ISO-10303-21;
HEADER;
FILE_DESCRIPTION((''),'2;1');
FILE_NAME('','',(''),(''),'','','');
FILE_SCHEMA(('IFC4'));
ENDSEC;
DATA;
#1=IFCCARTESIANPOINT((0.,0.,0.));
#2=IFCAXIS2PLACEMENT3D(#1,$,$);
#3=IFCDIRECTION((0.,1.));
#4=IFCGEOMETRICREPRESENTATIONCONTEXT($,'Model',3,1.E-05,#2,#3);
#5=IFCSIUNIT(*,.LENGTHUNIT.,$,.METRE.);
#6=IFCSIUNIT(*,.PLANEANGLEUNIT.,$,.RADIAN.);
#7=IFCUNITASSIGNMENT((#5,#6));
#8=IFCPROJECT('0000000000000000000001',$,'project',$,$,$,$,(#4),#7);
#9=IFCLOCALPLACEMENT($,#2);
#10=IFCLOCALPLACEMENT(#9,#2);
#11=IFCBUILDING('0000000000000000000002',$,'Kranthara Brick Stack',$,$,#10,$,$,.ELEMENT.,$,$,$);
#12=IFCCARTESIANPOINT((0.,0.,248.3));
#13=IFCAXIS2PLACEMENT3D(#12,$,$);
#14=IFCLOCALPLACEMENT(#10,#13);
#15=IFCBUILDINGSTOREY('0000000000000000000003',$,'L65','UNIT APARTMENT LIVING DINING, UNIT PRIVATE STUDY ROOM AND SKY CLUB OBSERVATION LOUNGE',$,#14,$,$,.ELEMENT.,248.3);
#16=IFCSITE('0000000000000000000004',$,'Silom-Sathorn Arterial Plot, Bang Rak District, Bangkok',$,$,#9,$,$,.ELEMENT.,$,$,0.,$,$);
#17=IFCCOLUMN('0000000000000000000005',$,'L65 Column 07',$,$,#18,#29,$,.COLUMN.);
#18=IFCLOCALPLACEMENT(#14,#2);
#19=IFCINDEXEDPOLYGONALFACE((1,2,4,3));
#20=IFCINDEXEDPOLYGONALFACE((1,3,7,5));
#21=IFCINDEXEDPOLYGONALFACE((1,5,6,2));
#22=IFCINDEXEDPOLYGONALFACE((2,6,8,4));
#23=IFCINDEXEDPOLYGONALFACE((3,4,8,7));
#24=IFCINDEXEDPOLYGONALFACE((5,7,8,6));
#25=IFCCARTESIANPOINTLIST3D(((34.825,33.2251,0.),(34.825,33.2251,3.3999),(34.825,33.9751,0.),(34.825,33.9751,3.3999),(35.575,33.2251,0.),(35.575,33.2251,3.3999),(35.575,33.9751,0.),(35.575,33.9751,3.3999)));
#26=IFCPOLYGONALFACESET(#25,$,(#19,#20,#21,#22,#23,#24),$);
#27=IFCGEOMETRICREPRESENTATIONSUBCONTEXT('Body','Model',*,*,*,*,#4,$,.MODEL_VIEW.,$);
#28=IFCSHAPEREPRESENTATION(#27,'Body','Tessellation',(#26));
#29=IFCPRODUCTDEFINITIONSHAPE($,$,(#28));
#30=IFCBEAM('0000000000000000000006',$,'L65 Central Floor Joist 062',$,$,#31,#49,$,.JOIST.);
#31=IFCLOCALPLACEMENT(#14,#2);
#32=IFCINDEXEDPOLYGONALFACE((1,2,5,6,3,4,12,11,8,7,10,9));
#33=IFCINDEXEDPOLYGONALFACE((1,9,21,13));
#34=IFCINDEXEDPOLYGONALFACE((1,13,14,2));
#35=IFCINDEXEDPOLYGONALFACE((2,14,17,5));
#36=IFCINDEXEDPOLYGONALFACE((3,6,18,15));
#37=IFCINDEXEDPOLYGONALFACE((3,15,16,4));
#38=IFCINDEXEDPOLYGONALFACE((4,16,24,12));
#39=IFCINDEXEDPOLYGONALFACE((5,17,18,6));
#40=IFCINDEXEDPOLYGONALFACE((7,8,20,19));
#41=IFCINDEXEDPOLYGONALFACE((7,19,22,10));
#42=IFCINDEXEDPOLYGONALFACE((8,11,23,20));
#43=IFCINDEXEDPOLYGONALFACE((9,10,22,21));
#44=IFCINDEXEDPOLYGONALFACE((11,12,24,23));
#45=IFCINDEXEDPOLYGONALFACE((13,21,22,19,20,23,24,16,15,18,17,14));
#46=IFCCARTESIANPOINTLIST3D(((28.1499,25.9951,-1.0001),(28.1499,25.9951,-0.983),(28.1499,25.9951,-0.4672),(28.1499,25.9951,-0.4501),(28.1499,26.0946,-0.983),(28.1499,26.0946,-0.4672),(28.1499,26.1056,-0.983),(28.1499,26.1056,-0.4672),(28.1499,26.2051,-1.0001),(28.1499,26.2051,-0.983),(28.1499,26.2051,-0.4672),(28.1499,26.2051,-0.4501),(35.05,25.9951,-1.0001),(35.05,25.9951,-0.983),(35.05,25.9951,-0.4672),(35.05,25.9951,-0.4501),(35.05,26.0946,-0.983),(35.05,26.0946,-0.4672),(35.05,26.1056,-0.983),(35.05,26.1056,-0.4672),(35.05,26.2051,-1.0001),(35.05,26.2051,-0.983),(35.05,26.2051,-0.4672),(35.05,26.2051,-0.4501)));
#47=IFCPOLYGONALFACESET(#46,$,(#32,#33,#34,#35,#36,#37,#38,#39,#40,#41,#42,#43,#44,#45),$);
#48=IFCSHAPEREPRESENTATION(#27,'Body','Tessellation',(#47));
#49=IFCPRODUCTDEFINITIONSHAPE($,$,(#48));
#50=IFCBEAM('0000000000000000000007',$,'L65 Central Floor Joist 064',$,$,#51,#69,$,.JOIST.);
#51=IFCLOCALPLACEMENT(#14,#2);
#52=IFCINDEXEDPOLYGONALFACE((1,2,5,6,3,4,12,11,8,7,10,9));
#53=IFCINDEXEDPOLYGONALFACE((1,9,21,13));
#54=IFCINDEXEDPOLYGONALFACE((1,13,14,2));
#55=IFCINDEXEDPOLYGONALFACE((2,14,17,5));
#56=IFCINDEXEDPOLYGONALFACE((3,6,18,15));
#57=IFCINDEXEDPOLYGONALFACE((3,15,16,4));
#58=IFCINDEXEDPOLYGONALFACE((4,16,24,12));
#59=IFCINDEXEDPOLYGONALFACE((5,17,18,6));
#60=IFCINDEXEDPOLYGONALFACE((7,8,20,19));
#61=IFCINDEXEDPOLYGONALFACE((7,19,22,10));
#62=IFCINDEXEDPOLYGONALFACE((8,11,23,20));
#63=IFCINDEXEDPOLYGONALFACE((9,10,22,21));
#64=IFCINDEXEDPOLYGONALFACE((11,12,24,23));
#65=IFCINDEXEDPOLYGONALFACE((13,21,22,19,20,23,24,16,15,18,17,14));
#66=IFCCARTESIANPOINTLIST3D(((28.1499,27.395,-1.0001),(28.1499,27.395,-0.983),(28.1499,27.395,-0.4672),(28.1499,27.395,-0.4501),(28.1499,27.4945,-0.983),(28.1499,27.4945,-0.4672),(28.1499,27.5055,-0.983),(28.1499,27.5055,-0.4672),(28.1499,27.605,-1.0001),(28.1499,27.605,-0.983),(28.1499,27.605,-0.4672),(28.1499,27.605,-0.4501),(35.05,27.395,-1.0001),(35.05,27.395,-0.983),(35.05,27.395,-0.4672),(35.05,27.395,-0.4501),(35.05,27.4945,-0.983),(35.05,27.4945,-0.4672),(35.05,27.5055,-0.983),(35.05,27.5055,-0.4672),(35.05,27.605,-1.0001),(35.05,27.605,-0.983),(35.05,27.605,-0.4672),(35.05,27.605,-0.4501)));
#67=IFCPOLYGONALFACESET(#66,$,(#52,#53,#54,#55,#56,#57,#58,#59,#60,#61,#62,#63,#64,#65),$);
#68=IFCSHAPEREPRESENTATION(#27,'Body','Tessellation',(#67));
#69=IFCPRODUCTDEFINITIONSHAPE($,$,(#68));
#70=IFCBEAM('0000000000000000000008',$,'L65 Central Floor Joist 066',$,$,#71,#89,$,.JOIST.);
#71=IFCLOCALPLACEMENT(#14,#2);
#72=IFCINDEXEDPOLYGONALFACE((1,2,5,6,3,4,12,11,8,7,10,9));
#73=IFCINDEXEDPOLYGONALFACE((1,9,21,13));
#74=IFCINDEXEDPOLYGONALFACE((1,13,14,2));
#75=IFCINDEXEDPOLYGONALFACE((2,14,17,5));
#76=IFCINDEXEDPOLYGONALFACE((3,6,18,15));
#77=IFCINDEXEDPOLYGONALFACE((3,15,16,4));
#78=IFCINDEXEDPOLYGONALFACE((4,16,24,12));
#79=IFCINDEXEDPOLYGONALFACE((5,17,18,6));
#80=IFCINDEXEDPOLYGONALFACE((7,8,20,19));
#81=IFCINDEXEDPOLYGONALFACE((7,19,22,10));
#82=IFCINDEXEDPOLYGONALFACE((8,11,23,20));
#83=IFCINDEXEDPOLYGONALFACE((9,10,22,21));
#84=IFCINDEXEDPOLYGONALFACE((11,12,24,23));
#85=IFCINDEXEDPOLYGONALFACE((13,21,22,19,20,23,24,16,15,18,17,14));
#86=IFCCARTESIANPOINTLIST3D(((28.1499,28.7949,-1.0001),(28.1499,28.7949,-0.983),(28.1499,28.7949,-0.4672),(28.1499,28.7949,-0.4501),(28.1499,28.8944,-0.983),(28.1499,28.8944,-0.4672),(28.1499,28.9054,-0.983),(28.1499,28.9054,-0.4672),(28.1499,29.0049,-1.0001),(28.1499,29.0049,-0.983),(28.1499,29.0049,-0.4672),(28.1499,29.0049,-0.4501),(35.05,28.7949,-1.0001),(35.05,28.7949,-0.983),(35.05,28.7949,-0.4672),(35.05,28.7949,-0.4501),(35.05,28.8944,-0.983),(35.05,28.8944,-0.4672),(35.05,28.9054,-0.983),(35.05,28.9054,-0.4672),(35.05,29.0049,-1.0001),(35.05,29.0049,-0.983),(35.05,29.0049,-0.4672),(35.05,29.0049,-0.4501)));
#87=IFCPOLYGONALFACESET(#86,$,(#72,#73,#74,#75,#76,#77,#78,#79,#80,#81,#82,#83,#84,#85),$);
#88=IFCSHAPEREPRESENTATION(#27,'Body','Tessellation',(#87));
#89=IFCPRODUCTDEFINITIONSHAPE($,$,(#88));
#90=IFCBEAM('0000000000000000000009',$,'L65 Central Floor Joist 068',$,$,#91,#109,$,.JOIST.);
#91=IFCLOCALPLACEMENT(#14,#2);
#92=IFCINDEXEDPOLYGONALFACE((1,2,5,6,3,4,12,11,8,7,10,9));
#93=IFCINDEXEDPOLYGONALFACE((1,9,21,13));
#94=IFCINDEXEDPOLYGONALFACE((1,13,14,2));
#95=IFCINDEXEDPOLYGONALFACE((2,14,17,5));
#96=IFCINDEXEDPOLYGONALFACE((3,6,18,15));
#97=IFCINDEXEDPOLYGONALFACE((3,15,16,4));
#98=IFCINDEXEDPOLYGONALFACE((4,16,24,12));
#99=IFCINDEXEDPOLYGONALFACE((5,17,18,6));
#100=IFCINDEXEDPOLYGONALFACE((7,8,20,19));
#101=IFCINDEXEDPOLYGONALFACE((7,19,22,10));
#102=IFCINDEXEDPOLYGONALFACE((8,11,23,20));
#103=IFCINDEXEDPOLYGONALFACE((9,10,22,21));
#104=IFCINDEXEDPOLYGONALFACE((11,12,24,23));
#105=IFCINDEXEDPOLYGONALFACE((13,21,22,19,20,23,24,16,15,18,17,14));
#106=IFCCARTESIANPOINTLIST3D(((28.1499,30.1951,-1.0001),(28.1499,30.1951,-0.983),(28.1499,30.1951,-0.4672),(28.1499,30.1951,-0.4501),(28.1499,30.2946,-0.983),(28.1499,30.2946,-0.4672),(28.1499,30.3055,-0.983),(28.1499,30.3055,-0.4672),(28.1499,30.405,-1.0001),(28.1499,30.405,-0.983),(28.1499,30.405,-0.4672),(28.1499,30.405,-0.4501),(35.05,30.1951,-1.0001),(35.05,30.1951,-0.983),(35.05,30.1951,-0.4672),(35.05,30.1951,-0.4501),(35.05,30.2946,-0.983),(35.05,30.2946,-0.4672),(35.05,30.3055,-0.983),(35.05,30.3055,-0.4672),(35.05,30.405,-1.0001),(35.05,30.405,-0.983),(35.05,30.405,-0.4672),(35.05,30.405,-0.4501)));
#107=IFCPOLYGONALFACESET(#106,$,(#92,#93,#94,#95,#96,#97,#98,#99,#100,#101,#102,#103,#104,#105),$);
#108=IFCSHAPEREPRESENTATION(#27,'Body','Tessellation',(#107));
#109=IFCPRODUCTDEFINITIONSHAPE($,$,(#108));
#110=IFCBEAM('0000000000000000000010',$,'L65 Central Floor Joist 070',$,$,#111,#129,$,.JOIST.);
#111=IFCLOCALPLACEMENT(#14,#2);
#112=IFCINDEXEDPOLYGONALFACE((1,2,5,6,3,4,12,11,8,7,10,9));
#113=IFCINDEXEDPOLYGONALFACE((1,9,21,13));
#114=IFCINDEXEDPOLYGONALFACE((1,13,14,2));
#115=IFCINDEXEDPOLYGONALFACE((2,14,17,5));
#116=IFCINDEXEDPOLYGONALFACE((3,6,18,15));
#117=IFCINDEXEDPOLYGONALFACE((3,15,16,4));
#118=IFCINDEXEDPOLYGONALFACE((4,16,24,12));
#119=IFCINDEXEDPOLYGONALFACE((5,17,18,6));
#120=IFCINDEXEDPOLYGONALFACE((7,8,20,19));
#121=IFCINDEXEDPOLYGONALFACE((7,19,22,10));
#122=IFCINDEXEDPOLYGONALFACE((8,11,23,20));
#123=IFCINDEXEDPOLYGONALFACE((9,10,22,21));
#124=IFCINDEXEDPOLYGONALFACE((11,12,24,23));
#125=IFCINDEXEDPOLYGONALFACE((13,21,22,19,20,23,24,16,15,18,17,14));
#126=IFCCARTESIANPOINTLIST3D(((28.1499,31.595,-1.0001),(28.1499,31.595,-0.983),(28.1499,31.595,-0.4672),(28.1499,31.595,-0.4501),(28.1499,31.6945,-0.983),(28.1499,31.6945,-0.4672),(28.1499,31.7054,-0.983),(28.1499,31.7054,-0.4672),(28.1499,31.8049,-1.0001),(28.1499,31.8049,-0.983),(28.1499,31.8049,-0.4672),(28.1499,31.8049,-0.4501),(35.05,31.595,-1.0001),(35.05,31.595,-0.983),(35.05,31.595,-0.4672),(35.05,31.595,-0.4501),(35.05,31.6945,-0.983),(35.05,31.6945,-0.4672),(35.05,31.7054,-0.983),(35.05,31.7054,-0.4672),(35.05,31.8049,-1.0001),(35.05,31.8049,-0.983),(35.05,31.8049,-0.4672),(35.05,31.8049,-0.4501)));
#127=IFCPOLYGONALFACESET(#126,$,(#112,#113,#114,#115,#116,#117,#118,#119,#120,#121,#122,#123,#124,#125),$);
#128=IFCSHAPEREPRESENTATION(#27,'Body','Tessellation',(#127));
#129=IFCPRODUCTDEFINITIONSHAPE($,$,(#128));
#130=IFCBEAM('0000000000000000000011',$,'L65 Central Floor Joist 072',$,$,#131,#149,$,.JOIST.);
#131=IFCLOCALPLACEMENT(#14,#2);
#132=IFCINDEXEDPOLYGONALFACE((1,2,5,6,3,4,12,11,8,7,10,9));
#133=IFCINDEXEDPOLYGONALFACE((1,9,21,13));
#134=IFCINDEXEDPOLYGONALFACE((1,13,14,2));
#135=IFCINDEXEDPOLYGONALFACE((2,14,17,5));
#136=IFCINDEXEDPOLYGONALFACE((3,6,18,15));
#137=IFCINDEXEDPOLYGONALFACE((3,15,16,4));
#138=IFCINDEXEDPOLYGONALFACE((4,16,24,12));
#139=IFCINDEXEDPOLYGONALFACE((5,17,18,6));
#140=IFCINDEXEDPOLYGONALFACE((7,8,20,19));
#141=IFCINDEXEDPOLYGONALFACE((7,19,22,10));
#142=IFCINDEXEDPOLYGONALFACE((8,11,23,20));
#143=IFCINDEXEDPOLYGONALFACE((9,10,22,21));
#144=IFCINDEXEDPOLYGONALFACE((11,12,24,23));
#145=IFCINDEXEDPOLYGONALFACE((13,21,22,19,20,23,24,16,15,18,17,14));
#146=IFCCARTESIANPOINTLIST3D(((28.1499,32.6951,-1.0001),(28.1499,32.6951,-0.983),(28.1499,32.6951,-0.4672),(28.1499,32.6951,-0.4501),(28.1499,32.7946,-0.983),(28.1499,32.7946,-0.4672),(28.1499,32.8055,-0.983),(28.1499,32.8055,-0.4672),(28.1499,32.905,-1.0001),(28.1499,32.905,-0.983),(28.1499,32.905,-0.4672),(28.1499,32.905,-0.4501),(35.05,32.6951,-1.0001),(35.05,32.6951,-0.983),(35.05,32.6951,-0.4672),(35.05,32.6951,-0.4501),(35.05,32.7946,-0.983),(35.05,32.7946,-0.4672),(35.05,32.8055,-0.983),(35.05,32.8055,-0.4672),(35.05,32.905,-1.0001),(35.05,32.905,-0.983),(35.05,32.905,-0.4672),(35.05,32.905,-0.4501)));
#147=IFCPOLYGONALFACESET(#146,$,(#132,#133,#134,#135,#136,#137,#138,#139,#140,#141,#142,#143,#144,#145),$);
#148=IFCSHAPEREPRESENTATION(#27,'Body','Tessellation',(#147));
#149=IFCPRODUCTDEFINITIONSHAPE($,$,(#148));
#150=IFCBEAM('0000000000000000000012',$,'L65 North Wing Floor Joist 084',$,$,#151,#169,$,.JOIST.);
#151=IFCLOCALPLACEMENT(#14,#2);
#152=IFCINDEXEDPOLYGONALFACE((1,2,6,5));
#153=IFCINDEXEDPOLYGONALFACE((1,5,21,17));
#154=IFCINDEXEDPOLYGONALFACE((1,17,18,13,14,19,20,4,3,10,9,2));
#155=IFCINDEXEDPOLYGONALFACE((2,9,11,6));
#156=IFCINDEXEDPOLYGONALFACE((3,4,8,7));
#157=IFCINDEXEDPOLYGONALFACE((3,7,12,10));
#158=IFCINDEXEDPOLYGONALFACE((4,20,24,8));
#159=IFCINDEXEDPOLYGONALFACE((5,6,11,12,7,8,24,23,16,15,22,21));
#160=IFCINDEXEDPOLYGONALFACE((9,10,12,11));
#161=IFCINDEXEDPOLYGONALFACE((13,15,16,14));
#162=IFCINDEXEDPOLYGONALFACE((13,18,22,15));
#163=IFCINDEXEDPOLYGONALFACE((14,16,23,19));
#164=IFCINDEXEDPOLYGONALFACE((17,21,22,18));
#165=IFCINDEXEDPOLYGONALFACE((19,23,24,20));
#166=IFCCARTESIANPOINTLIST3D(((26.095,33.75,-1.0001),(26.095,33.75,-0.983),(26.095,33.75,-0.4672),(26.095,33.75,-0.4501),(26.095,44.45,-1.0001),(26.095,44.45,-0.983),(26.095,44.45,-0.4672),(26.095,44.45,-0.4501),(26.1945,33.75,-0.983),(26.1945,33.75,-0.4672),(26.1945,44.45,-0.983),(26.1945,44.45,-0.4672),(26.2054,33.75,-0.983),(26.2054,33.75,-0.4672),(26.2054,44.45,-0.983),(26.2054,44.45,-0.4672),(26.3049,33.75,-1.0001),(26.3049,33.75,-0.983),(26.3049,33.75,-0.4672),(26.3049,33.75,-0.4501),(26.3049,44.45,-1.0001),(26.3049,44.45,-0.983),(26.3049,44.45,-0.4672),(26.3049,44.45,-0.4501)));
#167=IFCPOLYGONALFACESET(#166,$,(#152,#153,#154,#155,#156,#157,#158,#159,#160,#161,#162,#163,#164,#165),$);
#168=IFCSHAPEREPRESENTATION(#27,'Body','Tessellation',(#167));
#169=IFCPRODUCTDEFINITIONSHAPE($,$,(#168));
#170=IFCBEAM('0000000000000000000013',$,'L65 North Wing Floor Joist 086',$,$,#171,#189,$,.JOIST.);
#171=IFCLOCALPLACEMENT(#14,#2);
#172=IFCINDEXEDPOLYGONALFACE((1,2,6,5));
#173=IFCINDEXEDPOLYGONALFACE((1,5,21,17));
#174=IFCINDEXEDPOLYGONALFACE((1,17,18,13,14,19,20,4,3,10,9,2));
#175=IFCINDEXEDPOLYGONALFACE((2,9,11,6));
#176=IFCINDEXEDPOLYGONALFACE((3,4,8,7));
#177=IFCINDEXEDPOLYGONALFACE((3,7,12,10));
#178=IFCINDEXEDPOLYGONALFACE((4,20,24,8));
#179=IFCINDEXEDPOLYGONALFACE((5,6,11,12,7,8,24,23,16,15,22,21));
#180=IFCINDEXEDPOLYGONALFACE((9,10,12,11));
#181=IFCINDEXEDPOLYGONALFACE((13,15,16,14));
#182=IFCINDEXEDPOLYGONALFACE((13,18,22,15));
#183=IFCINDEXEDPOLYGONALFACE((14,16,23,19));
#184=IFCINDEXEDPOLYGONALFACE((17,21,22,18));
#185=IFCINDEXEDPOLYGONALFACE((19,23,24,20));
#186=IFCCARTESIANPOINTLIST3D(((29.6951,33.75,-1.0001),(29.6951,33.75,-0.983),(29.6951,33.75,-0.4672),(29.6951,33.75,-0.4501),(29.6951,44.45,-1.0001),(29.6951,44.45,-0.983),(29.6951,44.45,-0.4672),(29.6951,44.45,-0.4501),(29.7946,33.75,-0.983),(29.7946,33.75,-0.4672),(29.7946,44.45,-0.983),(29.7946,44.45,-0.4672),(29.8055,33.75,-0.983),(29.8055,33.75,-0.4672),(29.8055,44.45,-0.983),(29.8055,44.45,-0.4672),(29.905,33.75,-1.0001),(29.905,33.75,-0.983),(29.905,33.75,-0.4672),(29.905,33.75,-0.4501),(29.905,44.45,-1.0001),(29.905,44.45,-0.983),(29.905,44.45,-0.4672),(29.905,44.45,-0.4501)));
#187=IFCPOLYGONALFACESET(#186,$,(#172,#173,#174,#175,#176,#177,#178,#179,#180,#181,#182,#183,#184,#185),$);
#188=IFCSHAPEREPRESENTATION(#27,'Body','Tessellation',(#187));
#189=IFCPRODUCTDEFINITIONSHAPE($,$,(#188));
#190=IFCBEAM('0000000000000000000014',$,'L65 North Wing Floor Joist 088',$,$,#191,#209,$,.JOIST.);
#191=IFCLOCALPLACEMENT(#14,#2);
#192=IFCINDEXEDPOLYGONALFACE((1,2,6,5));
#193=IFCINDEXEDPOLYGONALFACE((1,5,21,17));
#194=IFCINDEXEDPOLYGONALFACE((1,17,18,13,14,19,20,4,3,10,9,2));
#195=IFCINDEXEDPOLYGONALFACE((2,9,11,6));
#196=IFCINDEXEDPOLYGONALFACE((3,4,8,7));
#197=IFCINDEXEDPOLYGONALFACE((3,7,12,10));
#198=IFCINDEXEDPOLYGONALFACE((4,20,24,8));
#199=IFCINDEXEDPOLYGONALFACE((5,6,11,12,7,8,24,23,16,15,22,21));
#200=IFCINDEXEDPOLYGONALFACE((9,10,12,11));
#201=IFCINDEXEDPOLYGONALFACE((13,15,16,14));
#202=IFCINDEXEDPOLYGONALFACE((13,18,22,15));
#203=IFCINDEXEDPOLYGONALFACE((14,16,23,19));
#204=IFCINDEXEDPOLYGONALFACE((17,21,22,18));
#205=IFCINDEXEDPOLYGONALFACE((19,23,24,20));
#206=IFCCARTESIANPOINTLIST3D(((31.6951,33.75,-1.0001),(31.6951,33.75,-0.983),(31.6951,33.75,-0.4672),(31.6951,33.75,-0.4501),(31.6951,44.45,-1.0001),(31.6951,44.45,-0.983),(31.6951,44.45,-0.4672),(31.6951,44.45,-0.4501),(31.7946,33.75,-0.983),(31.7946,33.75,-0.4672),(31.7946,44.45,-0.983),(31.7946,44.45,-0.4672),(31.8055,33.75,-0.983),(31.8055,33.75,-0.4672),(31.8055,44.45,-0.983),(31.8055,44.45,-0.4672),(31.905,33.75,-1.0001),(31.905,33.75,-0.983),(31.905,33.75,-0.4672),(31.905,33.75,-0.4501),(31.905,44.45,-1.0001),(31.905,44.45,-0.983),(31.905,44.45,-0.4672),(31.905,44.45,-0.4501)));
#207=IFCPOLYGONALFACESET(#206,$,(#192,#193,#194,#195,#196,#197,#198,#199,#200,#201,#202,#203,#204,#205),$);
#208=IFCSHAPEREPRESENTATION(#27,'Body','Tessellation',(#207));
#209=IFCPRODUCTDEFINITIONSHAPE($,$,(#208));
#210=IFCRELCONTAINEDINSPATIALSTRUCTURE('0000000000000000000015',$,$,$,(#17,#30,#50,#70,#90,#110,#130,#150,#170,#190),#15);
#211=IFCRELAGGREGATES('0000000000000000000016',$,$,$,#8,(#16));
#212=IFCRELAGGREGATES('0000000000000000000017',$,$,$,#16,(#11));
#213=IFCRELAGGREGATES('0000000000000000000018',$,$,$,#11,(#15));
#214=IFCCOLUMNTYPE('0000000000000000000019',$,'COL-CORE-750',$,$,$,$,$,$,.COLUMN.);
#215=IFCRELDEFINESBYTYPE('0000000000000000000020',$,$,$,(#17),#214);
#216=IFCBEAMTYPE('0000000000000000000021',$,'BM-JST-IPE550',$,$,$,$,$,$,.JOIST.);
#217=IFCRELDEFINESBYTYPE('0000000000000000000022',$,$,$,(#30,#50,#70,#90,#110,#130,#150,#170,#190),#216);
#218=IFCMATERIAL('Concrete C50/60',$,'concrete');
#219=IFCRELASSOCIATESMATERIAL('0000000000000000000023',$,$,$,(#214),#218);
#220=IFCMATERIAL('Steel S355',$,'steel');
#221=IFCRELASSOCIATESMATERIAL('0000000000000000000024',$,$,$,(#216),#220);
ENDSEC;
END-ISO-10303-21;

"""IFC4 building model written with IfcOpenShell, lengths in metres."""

from ifc_helpers import new_model, si_unit, direction, frame, origin, origin_2d, place, context, subcontext, project, spatial, rectangle, i_section, extrude, material, material_profile, profile_set, type_object, element, save


model = new_model("IFC4")

# Units and contexts
model_context = context("Model", 3, precision=1e-05, world=origin(), true_north=direction((0.0, 1.0)))
body_context = subcontext(model_context, "Body", "Model", "MODEL_VIEW")
ifc_project = project(units=[si_unit("LENGTHUNIT", "METRE"), si_unit("PLANEANGLEUNIT", "RADIAN")], contexts=[model_context])

# Site, building, storey
site_placement = place(None, origin())
site = spatial("IfcSite", under=ifc_project, at=site_placement, Name="Silom-Sathorn Arterial Plot, Bang Rak District, Bangkok", CompositionType="ELEMENT", RefElevation=0.0)
building_placement = place(site_placement, origin())
building = spatial("IfcBuilding", under=site, at=building_placement, Name="Kranthara Brick Stack", CompositionType="ELEMENT")
storey_placement = place(building_placement, frame((0.0, 0.0, 248.3)))
storey = spatial("IfcBuildingStorey", under=building, at=storey_placement, Name="L65", Description="UNIT APARTMENT LIVING DINING, UNIT PRIVATE STUDY ROOM AND SKY CLUB OBSERVATION LOUNGE", CompositionType="ELEMENT", Elevation=248.3)

# Column
ifc_material_1 = material(Name="Concrete C50/60", Category="concrete")
ifc_material_profile_1 = material_profile(ifc_material_1, rectangle(XDim=0.75, YDim=0.75, at=origin_2d()), Name="RC 750x750")
ifc_profile_set_1 = profile_set([ifc_material_profile_1], Name="Concrete C50/60")
column_type = type_object("IfcColumnType", Name="COL-CORE-750", PredefinedType="COLUMN", material=ifc_profile_set_1)
column_placement = place(storey_placement, frame((35.2, 33.6001, 0.0), z_axis=(0.0, 0.0, 1.0), x_axis=(1.0, 0.0, 0.0)))
element("IfcColumn", 1, at=column_placement, inside=storey, type_object=column_type, Name="L65 Column 07", PredefinedType="COLUMN", context=body_context, shape_type="SweptSolid", body=[
    extrude(rectangle(XDim=0.75, YDim=0.75, at=origin_2d()), origin(), (0.0, 0.0, 1.0), 3.3999),
])

# Beams
ifc_material_2 = material(Name="Steel S355", Category="steel")
ifc_material_profile_2 = material_profile(ifc_material_2, i_section(OverallWidth=0.21, OverallDepth=0.55, WebThickness=0.011, FlangeThickness=0.0171, at=origin_2d()), Name="IPE 550")
ifc_profile_set_2 = profile_set([ifc_material_profile_2], Name="Steel S355")
beam_type_1 = type_object("IfcBeamType", Name="BM-JST-IPE550", PredefinedType="JOIST", material=ifc_profile_set_2)
for number, where, z_axis, x_axis, name in (
    (2, (28.1499, 26.1001, -0.7251), (1.0, 0.0, 0.0), (0.0, 1.0, 0.0), "L65 Central Floor Joist 062"),
    (3, (28.1499, 27.5, -0.7251), (1.0, 0.0, 0.0), (0.0, 1.0, 0.0), "L65 Central Floor Joist 064"),
    (4, (28.1499, 28.8999, -0.7251), (1.0, 0.0, 0.0), (0.0, 1.0, 0.0), "L65 Central Floor Joist 066"),
    (5, (28.1499, 30.3, -0.7251), (1.0, 0.0, 0.0), (0.0, 1.0, 0.0), "L65 Central Floor Joist 068"),
    (6, (28.1499, 31.7, -0.7251), (1.0, 0.0, 0.0), (0.0, 1.0, 0.0), "L65 Central Floor Joist 070"),
    (7, (28.1499, 32.8, -0.7251), (1.0, 0.0, 0.0), (0.0, 1.0, 0.0), "L65 Central Floor Joist 072"),
):
    element("IfcBeam", number, at=place(storey_placement, frame(where, z_axis=z_axis, x_axis=x_axis)), inside=storey, type_object=beam_type_1, Name=name, PredefinedType="JOIST", context=body_context, shape_type="SweptSolid", body=[
        extrude(i_section(OverallWidth=0.21, OverallDepth=0.55, WebThickness=0.011, FlangeThickness=0.0171, at=origin_2d()), origin(), (0.0, 0.0, 1.0), 6.9001),
    ])
for number, where, z_axis, x_axis, name in (
    (8, (26.2, 33.75, -0.7251), (0.0, 1.0, 0.0), (-1.0, 0.0, 0.0), "L65 North Wing Floor Joist 084"),
    (9, (29.8, 33.75, -0.7251), (0.0, 1.0, 0.0), (-1.0, 0.0, 0.0), "L65 North Wing Floor Joist 086"),
    (10, (31.8, 33.75, -0.7251), (0.0, 1.0, 0.0), (-1.0, 0.0, 0.0), "L65 North Wing Floor Joist 088"),
):
    element("IfcBeam", number, at=place(storey_placement, frame(where, z_axis=z_axis, x_axis=x_axis)), inside=storey, type_object=beam_type_1, Name=name, PredefinedType="JOIST", context=body_context, shape_type="SweptSolid", body=[
        extrude(i_section(OverallWidth=0.21, OverallDepth=0.55, WebThickness=0.011, FlangeThickness=0.0171, at=origin_2d()), origin(), (0.0, 0.0, 1.0), 10.7),
    ])

save(model, "model.ifc")
